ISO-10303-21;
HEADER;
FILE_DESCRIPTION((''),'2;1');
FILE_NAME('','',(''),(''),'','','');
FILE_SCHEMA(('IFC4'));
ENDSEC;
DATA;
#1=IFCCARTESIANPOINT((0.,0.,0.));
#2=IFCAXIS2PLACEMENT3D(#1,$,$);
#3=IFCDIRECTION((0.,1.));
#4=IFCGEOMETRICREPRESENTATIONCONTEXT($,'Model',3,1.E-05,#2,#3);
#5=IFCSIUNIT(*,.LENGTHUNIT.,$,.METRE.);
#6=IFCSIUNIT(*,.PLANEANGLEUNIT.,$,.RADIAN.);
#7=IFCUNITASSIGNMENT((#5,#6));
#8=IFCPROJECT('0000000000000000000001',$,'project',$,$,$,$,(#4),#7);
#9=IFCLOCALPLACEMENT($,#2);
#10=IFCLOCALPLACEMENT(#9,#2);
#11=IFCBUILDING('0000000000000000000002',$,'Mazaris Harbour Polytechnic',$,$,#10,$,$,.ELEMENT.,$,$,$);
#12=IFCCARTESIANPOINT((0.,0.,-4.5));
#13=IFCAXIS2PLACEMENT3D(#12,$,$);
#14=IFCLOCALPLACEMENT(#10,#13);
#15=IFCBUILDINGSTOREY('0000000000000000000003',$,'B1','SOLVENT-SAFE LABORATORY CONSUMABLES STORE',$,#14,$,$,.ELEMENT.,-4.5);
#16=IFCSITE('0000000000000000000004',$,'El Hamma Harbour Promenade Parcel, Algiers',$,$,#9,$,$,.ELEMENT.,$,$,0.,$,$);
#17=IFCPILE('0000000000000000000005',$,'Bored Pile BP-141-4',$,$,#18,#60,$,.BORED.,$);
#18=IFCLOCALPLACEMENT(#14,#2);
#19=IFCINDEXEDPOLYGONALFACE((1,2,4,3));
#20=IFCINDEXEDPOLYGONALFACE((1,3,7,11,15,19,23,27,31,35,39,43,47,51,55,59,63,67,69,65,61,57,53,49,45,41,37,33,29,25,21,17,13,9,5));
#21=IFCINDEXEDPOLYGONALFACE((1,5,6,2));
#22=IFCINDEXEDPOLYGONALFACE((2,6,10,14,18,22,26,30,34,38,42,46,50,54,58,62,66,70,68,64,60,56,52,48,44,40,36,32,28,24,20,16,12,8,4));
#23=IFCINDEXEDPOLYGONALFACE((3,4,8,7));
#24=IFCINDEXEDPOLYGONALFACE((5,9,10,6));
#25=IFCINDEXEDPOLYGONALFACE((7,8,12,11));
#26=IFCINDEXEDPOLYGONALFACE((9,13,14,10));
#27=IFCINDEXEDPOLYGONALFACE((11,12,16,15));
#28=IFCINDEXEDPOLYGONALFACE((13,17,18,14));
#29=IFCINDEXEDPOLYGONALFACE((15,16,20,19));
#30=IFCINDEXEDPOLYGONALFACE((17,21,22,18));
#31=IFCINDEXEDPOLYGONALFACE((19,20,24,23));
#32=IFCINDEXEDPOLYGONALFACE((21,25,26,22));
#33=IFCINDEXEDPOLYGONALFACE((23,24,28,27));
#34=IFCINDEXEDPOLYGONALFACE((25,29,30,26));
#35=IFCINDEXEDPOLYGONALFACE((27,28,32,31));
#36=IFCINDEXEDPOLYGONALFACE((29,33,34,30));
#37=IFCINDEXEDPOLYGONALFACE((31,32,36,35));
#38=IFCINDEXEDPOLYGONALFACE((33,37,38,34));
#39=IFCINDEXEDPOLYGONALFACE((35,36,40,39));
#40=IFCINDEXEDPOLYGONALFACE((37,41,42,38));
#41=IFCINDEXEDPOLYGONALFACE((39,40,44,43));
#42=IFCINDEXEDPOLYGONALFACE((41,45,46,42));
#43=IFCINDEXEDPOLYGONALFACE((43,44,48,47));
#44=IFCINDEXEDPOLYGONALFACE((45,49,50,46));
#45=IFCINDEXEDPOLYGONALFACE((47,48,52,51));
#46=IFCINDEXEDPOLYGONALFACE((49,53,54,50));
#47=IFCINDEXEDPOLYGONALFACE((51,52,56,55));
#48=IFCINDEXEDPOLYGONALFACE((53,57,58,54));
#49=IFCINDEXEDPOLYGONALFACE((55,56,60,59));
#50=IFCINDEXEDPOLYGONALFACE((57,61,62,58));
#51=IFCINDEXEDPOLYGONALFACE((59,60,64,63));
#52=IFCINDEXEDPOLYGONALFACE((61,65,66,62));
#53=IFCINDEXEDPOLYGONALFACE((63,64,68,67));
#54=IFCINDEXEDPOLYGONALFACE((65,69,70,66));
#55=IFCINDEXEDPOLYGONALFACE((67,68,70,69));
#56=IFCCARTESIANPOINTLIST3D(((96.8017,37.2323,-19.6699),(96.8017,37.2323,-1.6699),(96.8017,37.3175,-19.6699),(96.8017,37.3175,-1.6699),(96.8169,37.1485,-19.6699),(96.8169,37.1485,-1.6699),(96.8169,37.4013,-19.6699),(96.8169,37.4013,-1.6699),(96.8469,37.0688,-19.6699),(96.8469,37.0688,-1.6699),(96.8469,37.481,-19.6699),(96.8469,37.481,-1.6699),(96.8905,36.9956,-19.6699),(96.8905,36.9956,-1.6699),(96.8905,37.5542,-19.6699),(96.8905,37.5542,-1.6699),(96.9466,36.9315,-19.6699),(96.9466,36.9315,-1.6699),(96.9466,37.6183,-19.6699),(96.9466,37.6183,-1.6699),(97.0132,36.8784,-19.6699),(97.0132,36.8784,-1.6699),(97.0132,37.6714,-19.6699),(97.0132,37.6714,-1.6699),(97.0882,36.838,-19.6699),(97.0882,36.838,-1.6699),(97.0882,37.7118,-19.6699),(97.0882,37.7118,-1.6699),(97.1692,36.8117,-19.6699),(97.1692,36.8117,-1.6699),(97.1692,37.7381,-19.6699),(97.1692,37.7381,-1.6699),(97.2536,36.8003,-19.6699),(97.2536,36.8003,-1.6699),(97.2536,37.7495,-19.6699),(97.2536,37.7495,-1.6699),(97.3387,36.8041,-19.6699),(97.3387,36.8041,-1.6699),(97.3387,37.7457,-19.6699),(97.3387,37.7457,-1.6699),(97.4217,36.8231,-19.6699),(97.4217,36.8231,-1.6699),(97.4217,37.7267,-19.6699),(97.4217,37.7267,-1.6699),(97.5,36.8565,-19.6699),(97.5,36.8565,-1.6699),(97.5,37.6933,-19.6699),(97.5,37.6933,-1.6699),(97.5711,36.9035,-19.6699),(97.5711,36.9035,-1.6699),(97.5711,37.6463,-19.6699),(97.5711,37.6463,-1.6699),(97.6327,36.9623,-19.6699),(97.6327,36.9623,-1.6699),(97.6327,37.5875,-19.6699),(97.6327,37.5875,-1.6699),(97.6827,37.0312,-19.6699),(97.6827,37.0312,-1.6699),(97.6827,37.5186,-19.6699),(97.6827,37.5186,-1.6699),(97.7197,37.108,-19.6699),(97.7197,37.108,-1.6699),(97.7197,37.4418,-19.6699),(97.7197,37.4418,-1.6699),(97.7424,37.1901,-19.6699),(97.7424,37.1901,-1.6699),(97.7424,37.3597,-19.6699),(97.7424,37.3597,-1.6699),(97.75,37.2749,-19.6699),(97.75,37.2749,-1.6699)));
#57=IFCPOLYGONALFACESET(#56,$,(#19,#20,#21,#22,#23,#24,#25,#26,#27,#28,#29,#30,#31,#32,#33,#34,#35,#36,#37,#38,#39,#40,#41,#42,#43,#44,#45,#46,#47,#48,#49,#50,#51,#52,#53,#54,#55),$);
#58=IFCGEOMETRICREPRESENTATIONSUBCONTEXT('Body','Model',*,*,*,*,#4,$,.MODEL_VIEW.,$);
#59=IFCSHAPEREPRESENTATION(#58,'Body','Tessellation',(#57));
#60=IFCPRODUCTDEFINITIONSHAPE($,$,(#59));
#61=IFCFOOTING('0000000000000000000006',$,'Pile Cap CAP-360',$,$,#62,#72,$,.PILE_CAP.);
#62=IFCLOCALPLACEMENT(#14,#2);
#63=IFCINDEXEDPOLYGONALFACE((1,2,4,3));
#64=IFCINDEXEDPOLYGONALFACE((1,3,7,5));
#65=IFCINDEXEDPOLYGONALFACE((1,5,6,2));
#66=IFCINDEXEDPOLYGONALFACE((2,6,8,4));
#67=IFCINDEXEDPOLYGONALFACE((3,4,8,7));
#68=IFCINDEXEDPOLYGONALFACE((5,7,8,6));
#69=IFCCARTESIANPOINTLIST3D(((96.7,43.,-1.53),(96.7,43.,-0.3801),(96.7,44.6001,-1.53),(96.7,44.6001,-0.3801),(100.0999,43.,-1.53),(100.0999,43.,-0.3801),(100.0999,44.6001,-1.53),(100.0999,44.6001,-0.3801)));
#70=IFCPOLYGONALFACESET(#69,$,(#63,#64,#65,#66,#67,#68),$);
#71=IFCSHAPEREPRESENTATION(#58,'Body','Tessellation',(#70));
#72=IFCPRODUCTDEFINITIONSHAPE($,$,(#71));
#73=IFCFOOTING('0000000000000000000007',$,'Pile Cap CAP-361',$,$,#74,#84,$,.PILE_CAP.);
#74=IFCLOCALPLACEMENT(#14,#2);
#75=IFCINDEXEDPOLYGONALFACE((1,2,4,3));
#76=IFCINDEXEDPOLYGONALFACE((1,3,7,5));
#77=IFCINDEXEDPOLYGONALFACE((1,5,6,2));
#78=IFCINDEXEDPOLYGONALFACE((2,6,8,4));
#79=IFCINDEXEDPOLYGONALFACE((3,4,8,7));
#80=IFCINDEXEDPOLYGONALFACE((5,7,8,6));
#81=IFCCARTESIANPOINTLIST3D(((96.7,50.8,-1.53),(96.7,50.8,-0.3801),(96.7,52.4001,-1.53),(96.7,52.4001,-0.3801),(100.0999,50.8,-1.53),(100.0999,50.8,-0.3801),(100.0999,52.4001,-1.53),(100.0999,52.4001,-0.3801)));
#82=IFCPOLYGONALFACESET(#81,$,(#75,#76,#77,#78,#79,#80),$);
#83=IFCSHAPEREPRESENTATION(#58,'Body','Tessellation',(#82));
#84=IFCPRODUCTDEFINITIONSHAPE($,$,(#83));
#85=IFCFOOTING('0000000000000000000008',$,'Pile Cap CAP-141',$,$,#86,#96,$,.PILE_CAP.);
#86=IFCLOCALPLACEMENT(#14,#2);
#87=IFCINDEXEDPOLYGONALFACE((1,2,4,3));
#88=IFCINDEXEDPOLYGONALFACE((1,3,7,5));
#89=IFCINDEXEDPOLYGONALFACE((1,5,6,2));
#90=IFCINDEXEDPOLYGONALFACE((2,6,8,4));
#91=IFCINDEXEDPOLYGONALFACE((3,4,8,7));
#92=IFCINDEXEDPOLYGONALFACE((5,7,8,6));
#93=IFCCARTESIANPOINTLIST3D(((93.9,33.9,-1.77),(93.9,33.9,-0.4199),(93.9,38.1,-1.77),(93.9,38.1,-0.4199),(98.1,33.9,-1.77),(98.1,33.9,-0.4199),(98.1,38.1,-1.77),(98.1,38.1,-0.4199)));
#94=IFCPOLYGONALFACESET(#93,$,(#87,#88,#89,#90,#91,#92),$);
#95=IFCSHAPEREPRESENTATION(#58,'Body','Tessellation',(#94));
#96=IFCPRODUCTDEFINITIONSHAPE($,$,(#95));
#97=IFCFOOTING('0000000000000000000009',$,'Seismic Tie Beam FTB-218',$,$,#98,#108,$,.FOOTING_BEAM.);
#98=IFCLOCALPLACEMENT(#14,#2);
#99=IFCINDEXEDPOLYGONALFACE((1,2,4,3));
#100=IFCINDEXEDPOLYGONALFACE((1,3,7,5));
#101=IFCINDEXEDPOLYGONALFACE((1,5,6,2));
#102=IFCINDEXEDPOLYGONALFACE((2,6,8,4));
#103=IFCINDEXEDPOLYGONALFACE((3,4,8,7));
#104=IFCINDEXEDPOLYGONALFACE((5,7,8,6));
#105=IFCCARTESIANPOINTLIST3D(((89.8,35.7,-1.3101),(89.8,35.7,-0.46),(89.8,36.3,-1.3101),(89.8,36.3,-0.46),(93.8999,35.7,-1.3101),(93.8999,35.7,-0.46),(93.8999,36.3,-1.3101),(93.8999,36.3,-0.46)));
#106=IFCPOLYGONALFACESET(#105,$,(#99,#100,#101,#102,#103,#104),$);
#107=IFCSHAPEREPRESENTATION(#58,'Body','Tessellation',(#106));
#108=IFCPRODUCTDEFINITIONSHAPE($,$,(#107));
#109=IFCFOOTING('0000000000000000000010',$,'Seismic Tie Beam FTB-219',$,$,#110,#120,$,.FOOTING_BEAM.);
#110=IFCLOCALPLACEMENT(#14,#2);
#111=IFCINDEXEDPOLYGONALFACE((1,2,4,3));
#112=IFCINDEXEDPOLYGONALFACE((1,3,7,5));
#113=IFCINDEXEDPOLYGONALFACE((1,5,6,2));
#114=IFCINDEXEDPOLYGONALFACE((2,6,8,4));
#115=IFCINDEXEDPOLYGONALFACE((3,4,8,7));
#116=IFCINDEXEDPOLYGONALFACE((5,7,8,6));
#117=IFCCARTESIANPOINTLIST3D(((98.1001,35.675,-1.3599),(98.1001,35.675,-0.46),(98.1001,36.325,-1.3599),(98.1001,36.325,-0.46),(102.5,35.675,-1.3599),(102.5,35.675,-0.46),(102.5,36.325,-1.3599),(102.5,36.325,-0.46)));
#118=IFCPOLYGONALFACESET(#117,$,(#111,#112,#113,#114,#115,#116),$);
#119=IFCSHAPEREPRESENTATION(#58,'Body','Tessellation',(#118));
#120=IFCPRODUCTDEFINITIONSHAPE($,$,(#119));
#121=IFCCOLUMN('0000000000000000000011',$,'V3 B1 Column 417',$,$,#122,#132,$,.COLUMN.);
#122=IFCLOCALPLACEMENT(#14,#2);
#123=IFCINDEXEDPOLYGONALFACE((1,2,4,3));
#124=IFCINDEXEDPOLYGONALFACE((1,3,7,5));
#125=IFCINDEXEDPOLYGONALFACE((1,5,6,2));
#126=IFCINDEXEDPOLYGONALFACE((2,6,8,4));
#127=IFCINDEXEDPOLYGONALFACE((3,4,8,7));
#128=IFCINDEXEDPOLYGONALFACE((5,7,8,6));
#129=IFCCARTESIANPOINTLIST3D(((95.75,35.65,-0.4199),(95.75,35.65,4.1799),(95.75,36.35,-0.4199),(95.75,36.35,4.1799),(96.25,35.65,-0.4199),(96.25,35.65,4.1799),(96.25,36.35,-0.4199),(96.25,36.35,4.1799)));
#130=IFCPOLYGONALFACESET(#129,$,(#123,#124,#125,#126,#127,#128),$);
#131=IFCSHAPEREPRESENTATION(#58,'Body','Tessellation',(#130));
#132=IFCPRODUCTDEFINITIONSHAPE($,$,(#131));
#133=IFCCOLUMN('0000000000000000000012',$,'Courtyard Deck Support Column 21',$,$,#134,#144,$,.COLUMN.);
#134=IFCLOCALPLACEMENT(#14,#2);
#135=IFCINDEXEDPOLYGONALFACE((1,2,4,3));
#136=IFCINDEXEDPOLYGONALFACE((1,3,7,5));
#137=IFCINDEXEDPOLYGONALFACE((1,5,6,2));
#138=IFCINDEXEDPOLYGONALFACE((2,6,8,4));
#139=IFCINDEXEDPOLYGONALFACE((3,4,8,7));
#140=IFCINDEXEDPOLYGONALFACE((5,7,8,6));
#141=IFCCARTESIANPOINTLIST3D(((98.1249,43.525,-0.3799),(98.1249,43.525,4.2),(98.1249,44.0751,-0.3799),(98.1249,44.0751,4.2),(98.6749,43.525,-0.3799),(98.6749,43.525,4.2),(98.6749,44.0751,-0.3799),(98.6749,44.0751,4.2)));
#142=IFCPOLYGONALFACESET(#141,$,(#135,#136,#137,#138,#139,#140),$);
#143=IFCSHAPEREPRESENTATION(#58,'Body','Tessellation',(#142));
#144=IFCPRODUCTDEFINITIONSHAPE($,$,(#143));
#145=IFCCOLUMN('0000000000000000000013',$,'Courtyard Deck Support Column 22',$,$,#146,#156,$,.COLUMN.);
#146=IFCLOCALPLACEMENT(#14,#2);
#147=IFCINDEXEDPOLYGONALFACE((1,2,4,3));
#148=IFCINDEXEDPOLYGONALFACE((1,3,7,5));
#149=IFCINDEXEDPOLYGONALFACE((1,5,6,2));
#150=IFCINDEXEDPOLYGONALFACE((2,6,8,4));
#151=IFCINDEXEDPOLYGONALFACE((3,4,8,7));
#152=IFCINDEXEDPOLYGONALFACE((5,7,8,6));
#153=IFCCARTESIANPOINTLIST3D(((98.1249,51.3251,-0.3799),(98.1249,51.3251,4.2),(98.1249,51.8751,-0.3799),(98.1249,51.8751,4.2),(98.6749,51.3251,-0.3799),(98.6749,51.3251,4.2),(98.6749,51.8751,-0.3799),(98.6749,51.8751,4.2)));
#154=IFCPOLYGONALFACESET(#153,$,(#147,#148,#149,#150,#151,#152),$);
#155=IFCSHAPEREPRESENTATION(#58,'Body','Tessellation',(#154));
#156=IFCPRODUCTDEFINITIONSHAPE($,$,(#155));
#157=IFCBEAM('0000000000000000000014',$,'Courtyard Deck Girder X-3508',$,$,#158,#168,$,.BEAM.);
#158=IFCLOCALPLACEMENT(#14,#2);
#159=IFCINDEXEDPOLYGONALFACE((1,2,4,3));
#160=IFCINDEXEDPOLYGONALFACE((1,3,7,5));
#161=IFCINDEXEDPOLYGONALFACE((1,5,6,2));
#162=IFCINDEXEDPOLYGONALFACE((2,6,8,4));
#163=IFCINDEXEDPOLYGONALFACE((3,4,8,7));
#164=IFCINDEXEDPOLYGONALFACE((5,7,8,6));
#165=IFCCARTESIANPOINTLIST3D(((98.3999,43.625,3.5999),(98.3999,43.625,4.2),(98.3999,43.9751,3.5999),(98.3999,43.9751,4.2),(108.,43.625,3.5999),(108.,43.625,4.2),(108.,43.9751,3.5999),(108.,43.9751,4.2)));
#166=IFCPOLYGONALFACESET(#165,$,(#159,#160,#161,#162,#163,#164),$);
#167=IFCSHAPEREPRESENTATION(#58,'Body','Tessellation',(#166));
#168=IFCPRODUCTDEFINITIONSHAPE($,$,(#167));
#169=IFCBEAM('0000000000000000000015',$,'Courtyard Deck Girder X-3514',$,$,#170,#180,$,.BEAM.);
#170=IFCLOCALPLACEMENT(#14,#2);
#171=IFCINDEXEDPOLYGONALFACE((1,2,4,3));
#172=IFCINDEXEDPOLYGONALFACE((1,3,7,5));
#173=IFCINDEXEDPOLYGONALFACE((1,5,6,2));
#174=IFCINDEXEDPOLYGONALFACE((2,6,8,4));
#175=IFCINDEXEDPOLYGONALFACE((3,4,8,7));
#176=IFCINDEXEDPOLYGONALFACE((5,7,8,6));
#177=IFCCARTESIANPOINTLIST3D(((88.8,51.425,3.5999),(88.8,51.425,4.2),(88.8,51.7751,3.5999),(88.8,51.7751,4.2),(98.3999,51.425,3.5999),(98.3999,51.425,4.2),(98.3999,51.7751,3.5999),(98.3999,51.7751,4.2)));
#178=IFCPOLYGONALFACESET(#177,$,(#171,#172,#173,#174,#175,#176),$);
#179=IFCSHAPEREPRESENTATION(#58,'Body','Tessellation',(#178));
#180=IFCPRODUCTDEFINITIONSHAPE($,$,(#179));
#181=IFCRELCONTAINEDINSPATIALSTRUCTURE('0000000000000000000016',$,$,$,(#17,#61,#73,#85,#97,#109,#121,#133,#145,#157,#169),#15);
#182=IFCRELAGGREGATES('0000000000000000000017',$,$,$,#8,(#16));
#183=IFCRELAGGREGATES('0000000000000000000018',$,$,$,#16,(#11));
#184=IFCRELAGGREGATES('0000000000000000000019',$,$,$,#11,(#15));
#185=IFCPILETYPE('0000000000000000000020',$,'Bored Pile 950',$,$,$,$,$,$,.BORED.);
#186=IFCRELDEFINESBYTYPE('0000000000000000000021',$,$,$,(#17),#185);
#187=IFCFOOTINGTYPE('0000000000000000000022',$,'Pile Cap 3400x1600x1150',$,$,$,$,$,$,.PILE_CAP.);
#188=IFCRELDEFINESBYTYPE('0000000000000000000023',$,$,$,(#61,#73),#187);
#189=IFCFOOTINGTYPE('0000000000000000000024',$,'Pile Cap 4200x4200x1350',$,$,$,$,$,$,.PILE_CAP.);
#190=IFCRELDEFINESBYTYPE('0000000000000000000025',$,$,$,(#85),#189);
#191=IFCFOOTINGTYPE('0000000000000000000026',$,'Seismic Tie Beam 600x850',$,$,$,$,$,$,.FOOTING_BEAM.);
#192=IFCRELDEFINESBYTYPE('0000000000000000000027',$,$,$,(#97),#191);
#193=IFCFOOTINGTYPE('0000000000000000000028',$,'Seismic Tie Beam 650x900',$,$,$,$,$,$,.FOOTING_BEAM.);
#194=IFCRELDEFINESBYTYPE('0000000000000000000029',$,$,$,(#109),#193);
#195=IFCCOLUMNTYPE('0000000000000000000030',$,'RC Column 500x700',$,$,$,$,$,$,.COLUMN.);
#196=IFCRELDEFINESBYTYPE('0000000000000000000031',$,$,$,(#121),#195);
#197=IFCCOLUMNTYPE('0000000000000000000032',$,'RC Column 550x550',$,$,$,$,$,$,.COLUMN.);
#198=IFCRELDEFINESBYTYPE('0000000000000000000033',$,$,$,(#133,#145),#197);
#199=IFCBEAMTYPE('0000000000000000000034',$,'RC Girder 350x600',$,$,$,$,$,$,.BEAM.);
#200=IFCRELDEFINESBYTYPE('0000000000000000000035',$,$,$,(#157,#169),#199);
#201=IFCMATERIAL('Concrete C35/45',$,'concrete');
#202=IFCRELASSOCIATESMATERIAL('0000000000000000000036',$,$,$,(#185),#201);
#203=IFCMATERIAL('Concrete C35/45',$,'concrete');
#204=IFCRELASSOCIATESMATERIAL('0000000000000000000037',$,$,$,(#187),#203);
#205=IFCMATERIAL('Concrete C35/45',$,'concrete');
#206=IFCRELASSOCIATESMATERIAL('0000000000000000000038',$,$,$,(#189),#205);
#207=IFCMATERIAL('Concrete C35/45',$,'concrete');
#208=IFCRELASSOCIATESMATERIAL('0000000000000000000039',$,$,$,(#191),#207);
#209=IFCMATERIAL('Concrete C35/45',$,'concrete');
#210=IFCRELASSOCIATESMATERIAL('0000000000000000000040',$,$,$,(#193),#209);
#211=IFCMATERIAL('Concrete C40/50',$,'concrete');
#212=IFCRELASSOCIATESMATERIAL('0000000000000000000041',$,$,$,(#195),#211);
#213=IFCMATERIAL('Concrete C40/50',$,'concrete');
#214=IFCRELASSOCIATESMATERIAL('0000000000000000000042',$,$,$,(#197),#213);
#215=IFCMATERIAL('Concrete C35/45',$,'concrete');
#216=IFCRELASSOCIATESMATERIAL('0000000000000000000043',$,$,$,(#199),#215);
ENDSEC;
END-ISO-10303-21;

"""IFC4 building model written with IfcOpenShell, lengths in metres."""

from ifc_helpers import new_model, si_unit, direction, frame, origin, origin_2d, place, context, subcontext, project, spatial, rectangle, circle, extrude, material, material_profile, profile_set, type_object, element, save


model = new_model("IFC4")

# Units and contexts
model_context = context("Model", 3, precision=1e-05, world=origin(), true_north=direction((0.0, 1.0)))
body_context = subcontext(model_context, "Body", "Model", "MODEL_VIEW")
ifc_project = project(units=[si_unit("LENGTHUNIT", "METRE"), si_unit("PLANEANGLEUNIT", "RADIAN")], contexts=[model_context])

# Site, building, storey
site_placement = place(None, origin())
site = spatial("IfcSite", under=ifc_project, at=site_placement, Name="El Hamma Harbour Promenade Parcel, Algiers", CompositionType="ELEMENT", RefElevation=0.0)
building_placement = place(site_placement, origin())
building = spatial("IfcBuilding", under=site, at=building_placement, Name="Mazaris Harbour Polytechnic", CompositionType="ELEMENT")
storey_placement = place(building_placement, frame((0.0, 0.0, -4.5)))
storey = spatial("IfcBuildingStorey", under=building, at=storey_placement, Name="B1", Description="SOLVENT-SAFE LABORATORY CONSUMABLES STORE", CompositionType="ELEMENT", Elevation=-4.5)

# Pile
ifc_material_1 = material(Name="Concrete C35/45", Category="concrete")
ifc_material_profile_1 = material_profile(ifc_material_1, circle(Radius=0.4751, at=origin_2d()), Name="DIA950")
ifc_profile_set_1 = profile_set([ifc_material_profile_1], Name="Concrete C35/45")
pile_type_1 = type_object("IfcPileType", Name="Bored Pile 950", PredefinedType="BORED", material=ifc_profile_set_1)
for number, where, z_axis, x_axis, name in (
    (1, (97.2749, 37.2749, -1.6699), (0.0, 0.0, -1.0), (1.0, 0.0, 0.0), "Bored Pile BP-141-4"),
):
    element("IfcPile", number, at=place(storey_placement, frame(where, z_axis=z_axis, x_axis=x_axis)), inside=storey, type_object=pile_type_1, Name=name, PredefinedType="BORED", context=body_context, shape_type="SweptSolid", body=[
        extrude(circle(Radius=0.4751, at=origin_2d()), origin(), (0.0, 0.0, 1.0), 18.0),
    ])

# Footings
ifc_material_2 = material(Name="Concrete C35/45", Category="concrete")
footing_type_1 = type_object("IfcFootingType", Name="Pile Cap 3400x1600x1150", PredefinedType="PILE_CAP", material=ifc_material_2)
for number, where, z_axis, x_axis, name in (
    (2, (98.3999, 43.8, -1.53), (0.0, 0.0, 1.0), (1.0, 0.0, 0.0), "Pile Cap CAP-360"),
    (3, (98.3999, 51.6001, -1.53), (0.0, 0.0, 1.0), (1.0, 0.0, 0.0), "Pile Cap CAP-361"),
):
    element("IfcFooting", number, at=place(storey_placement, frame(where, z_axis=z_axis, x_axis=x_axis)), inside=storey, type_object=footing_type_1, Name=name, PredefinedType="PILE_CAP", context=body_context, shape_type="SweptSolid", body=[
        extrude(rectangle(XDim=3.3999, YDim=1.6001, at=origin_2d()), origin(), (0.0, 0.0, 1.0), 1.1499),
    ])
ifc_material_3 = material(Name="Concrete C35/45", Category="concrete")
footing_type_2 = type_object("IfcFootingType", Name="Pile Cap 4200x4200x1350", PredefinedType="PILE_CAP", material=ifc_material_3)
footing_1_placement = place(storey_placement, frame((96.0, 36.0, -1.77), z_axis=(0.0, 0.0, 1.0), x_axis=(1.0, 0.0, 0.0)))
element("IfcFooting", 4, at=footing_1_placement, inside=storey, type_object=footing_type_2, Name="Pile Cap CAP-141", PredefinedType="PILE_CAP", context=body_context, shape_type="SweptSolid", body=[
    extrude(rectangle(XDim=4.2, YDim=4.2, at=origin_2d()), origin(), (0.0, 0.0, 1.0), 1.3501),
])
ifc_material_4 = material(Name="Concrete C35/45", Category="concrete")
ifc_material_profile_2 = material_profile(ifc_material_4, rectangle(XDim=0.6001, YDim=0.8501, at=origin_2d()), Name="RECT600x850")
ifc_profile_set_2 = profile_set([ifc_material_profile_2], Name="Concrete C35/45")
footing_type_3 = type_object("IfcFootingType", Name="Seismic Tie Beam 600x850", PredefinedType="FOOTING_BEAM", material=ifc_profile_set_2)
footing_2_placement = place(storey_placement, frame((89.8, 36.0, -0.885), z_axis=(1.0, 0.0, 0.0), x_axis=(0.0, 1.0, 0.0)))
element("IfcFooting", 5, at=footing_2_placement, inside=storey, type_object=footing_type_3, Name="Seismic Tie Beam FTB-218", PredefinedType="FOOTING_BEAM", context=body_context, shape_type="SweptSolid", body=[
    extrude(rectangle(XDim=0.6001, YDim=0.8501, at=origin_2d()), origin(), (0.0, 0.0, 1.0), 4.0999),
])
ifc_material_5 = material(Name="Concrete C35/45", Category="concrete")
ifc_material_profile_3 = material_profile(ifc_material_5, rectangle(XDim=0.6499, YDim=0.8999, at=origin_2d()), Name="RECT650x900")
ifc_profile_set_3 = profile_set([ifc_material_profile_3], Name="Concrete C35/45")
footing_type_4 = type_object("IfcFootingType", Name="Seismic Tie Beam 650x900", PredefinedType="FOOTING_BEAM", material=ifc_profile_set_3)
footing_3_placement = place(storey_placement, frame((98.1001, 36.0, -0.9099), z_axis=(1.0, 0.0, 0.0), x_axis=(0.0, 1.0, 0.0)))
element("IfcFooting", 6, at=footing_3_placement, inside=storey, type_object=footing_type_4, Name="Seismic Tie Beam FTB-219", PredefinedType="FOOTING_BEAM", context=body_context, shape_type="SweptSolid", body=[
    extrude(rectangle(XDim=0.6499, YDim=0.8999, at=origin_2d()), origin(), (0.0, 0.0, 1.0), 4.3999),
])

# Columns
ifc_material_6 = material(Name="Concrete C40/50", Category="concrete")
ifc_material_profile_4 = material_profile(ifc_material_6, rectangle(XDim=0.5, YDim=0.7, at=origin_2d()), Name="RECT500x700")
ifc_profile_set_4 = profile_set([ifc_material_profile_4], Name="Concrete C40/50")
column_type_1 = type_object("IfcColumnType", Name="RC Column 500x700", PredefinedType="COLUMN", material=ifc_profile_set_4)
column_placement = place(storey_placement, frame((96.0, 36.0, -0.4199), z_axis=(0.0, 0.0, 1.0), x_axis=(1.0, 0.0, 0.0)))
element("IfcColumn", 7, at=column_placement, inside=storey, type_object=column_type_1, Name="V3 B1 Column 417", PredefinedType="COLUMN", context=body_context, shape_type="SweptSolid", body=[
    extrude(rectangle(XDim=0.5, YDim=0.7, at=origin_2d()), origin(), (0.0, 0.0, 1.0), 4.5999),
])
ifc_material_7 = material(Name="Concrete C40/50", Category="concrete")
ifc_material_profile_5 = material_profile(ifc_material_7, rectangle(XDim=0.55, YDim=0.55, at=origin_2d()), Name="RECT550x550")
ifc_profile_set_5 = profile_set([ifc_material_profile_5], Name="Concrete C40/50")
column_type_2 = type_object("IfcColumnType", Name="RC Column 550x550", PredefinedType="COLUMN", material=ifc_profile_set_5)
for number, where, z_axis, x_axis, name in (
    (8, (98.3999, 43.8, -0.3799), (0.0, 0.0, 1.0), (1.0, 0.0, 0.0), "Courtyard Deck Support Column 21"),
    (9, (98.3999, 51.6001, -0.3799), (0.0, 0.0, 1.0), (1.0, 0.0, 0.0), "Courtyard Deck Support Column 22"),
):
    element("IfcColumn", number, at=place(storey_placement, frame(where, z_axis=z_axis, x_axis=x_axis)), inside=storey, type_object=column_type_2, Name=name, PredefinedType="COLUMN", context=body_context, shape_type="SweptSolid", body=[
        extrude(rectangle(XDim=0.55, YDim=0.55, at=origin_2d()), origin(), (0.0, 0.0, 1.0), 4.5798),
    ])

# Beams
ifc_material_8 = material(Name="Concrete C35/45", Category="concrete")
ifc_material_profile_6 = material_profile(ifc_material_8, rectangle(XDim=0.3501, YDim=0.6001, at=origin_2d()), Name="RECT350x600")
ifc_profile_set_6 = profile_set([ifc_material_profile_6], Name="Concrete C35/45")
beam_type_1 = type_object("IfcBeamType", Name="RC Girder 350x600", PredefinedType="BEAM", material=ifc_profile_set_6)
beam_1_placement = place(storey_placement, frame((98.3999, 43.8, 3.8999), z_axis=(1.0, 0.0, 0.0), x_axis=(0.0, 1.0, 0.0)))
element("IfcBeam", 10, at=beam_1_placement, inside=storey, type_object=beam_type_1, Name="Courtyard Deck Girder X-3508", PredefinedType="BEAM", context=body_context, shape_type="SweptSolid", body=[
    extrude(rectangle(XDim=0.3501, YDim=0.6001, at=origin_2d()), origin(), (0.0, 0.0, 1.0), 9.6001),
])
beam_2_placement = place(storey_placement, frame((88.8, 51.6001, 3.8999), z_axis=(1.0, 0.0, 0.0), x_axis=(0.0, 1.0, 0.0)))
element("IfcBeam", 11, at=beam_2_placement, inside=storey, type_object=beam_type_1, Name="Courtyard Deck Girder X-3514", PredefinedType="BEAM", context=body_context, shape_type="SweptSolid", body=[
    extrude(rectangle(XDim=0.3501, YDim=0.6001, at=origin_2d()), origin(), (0.0, 0.0, 1.0), 9.5999),
])

save(model, "model.ifc")
